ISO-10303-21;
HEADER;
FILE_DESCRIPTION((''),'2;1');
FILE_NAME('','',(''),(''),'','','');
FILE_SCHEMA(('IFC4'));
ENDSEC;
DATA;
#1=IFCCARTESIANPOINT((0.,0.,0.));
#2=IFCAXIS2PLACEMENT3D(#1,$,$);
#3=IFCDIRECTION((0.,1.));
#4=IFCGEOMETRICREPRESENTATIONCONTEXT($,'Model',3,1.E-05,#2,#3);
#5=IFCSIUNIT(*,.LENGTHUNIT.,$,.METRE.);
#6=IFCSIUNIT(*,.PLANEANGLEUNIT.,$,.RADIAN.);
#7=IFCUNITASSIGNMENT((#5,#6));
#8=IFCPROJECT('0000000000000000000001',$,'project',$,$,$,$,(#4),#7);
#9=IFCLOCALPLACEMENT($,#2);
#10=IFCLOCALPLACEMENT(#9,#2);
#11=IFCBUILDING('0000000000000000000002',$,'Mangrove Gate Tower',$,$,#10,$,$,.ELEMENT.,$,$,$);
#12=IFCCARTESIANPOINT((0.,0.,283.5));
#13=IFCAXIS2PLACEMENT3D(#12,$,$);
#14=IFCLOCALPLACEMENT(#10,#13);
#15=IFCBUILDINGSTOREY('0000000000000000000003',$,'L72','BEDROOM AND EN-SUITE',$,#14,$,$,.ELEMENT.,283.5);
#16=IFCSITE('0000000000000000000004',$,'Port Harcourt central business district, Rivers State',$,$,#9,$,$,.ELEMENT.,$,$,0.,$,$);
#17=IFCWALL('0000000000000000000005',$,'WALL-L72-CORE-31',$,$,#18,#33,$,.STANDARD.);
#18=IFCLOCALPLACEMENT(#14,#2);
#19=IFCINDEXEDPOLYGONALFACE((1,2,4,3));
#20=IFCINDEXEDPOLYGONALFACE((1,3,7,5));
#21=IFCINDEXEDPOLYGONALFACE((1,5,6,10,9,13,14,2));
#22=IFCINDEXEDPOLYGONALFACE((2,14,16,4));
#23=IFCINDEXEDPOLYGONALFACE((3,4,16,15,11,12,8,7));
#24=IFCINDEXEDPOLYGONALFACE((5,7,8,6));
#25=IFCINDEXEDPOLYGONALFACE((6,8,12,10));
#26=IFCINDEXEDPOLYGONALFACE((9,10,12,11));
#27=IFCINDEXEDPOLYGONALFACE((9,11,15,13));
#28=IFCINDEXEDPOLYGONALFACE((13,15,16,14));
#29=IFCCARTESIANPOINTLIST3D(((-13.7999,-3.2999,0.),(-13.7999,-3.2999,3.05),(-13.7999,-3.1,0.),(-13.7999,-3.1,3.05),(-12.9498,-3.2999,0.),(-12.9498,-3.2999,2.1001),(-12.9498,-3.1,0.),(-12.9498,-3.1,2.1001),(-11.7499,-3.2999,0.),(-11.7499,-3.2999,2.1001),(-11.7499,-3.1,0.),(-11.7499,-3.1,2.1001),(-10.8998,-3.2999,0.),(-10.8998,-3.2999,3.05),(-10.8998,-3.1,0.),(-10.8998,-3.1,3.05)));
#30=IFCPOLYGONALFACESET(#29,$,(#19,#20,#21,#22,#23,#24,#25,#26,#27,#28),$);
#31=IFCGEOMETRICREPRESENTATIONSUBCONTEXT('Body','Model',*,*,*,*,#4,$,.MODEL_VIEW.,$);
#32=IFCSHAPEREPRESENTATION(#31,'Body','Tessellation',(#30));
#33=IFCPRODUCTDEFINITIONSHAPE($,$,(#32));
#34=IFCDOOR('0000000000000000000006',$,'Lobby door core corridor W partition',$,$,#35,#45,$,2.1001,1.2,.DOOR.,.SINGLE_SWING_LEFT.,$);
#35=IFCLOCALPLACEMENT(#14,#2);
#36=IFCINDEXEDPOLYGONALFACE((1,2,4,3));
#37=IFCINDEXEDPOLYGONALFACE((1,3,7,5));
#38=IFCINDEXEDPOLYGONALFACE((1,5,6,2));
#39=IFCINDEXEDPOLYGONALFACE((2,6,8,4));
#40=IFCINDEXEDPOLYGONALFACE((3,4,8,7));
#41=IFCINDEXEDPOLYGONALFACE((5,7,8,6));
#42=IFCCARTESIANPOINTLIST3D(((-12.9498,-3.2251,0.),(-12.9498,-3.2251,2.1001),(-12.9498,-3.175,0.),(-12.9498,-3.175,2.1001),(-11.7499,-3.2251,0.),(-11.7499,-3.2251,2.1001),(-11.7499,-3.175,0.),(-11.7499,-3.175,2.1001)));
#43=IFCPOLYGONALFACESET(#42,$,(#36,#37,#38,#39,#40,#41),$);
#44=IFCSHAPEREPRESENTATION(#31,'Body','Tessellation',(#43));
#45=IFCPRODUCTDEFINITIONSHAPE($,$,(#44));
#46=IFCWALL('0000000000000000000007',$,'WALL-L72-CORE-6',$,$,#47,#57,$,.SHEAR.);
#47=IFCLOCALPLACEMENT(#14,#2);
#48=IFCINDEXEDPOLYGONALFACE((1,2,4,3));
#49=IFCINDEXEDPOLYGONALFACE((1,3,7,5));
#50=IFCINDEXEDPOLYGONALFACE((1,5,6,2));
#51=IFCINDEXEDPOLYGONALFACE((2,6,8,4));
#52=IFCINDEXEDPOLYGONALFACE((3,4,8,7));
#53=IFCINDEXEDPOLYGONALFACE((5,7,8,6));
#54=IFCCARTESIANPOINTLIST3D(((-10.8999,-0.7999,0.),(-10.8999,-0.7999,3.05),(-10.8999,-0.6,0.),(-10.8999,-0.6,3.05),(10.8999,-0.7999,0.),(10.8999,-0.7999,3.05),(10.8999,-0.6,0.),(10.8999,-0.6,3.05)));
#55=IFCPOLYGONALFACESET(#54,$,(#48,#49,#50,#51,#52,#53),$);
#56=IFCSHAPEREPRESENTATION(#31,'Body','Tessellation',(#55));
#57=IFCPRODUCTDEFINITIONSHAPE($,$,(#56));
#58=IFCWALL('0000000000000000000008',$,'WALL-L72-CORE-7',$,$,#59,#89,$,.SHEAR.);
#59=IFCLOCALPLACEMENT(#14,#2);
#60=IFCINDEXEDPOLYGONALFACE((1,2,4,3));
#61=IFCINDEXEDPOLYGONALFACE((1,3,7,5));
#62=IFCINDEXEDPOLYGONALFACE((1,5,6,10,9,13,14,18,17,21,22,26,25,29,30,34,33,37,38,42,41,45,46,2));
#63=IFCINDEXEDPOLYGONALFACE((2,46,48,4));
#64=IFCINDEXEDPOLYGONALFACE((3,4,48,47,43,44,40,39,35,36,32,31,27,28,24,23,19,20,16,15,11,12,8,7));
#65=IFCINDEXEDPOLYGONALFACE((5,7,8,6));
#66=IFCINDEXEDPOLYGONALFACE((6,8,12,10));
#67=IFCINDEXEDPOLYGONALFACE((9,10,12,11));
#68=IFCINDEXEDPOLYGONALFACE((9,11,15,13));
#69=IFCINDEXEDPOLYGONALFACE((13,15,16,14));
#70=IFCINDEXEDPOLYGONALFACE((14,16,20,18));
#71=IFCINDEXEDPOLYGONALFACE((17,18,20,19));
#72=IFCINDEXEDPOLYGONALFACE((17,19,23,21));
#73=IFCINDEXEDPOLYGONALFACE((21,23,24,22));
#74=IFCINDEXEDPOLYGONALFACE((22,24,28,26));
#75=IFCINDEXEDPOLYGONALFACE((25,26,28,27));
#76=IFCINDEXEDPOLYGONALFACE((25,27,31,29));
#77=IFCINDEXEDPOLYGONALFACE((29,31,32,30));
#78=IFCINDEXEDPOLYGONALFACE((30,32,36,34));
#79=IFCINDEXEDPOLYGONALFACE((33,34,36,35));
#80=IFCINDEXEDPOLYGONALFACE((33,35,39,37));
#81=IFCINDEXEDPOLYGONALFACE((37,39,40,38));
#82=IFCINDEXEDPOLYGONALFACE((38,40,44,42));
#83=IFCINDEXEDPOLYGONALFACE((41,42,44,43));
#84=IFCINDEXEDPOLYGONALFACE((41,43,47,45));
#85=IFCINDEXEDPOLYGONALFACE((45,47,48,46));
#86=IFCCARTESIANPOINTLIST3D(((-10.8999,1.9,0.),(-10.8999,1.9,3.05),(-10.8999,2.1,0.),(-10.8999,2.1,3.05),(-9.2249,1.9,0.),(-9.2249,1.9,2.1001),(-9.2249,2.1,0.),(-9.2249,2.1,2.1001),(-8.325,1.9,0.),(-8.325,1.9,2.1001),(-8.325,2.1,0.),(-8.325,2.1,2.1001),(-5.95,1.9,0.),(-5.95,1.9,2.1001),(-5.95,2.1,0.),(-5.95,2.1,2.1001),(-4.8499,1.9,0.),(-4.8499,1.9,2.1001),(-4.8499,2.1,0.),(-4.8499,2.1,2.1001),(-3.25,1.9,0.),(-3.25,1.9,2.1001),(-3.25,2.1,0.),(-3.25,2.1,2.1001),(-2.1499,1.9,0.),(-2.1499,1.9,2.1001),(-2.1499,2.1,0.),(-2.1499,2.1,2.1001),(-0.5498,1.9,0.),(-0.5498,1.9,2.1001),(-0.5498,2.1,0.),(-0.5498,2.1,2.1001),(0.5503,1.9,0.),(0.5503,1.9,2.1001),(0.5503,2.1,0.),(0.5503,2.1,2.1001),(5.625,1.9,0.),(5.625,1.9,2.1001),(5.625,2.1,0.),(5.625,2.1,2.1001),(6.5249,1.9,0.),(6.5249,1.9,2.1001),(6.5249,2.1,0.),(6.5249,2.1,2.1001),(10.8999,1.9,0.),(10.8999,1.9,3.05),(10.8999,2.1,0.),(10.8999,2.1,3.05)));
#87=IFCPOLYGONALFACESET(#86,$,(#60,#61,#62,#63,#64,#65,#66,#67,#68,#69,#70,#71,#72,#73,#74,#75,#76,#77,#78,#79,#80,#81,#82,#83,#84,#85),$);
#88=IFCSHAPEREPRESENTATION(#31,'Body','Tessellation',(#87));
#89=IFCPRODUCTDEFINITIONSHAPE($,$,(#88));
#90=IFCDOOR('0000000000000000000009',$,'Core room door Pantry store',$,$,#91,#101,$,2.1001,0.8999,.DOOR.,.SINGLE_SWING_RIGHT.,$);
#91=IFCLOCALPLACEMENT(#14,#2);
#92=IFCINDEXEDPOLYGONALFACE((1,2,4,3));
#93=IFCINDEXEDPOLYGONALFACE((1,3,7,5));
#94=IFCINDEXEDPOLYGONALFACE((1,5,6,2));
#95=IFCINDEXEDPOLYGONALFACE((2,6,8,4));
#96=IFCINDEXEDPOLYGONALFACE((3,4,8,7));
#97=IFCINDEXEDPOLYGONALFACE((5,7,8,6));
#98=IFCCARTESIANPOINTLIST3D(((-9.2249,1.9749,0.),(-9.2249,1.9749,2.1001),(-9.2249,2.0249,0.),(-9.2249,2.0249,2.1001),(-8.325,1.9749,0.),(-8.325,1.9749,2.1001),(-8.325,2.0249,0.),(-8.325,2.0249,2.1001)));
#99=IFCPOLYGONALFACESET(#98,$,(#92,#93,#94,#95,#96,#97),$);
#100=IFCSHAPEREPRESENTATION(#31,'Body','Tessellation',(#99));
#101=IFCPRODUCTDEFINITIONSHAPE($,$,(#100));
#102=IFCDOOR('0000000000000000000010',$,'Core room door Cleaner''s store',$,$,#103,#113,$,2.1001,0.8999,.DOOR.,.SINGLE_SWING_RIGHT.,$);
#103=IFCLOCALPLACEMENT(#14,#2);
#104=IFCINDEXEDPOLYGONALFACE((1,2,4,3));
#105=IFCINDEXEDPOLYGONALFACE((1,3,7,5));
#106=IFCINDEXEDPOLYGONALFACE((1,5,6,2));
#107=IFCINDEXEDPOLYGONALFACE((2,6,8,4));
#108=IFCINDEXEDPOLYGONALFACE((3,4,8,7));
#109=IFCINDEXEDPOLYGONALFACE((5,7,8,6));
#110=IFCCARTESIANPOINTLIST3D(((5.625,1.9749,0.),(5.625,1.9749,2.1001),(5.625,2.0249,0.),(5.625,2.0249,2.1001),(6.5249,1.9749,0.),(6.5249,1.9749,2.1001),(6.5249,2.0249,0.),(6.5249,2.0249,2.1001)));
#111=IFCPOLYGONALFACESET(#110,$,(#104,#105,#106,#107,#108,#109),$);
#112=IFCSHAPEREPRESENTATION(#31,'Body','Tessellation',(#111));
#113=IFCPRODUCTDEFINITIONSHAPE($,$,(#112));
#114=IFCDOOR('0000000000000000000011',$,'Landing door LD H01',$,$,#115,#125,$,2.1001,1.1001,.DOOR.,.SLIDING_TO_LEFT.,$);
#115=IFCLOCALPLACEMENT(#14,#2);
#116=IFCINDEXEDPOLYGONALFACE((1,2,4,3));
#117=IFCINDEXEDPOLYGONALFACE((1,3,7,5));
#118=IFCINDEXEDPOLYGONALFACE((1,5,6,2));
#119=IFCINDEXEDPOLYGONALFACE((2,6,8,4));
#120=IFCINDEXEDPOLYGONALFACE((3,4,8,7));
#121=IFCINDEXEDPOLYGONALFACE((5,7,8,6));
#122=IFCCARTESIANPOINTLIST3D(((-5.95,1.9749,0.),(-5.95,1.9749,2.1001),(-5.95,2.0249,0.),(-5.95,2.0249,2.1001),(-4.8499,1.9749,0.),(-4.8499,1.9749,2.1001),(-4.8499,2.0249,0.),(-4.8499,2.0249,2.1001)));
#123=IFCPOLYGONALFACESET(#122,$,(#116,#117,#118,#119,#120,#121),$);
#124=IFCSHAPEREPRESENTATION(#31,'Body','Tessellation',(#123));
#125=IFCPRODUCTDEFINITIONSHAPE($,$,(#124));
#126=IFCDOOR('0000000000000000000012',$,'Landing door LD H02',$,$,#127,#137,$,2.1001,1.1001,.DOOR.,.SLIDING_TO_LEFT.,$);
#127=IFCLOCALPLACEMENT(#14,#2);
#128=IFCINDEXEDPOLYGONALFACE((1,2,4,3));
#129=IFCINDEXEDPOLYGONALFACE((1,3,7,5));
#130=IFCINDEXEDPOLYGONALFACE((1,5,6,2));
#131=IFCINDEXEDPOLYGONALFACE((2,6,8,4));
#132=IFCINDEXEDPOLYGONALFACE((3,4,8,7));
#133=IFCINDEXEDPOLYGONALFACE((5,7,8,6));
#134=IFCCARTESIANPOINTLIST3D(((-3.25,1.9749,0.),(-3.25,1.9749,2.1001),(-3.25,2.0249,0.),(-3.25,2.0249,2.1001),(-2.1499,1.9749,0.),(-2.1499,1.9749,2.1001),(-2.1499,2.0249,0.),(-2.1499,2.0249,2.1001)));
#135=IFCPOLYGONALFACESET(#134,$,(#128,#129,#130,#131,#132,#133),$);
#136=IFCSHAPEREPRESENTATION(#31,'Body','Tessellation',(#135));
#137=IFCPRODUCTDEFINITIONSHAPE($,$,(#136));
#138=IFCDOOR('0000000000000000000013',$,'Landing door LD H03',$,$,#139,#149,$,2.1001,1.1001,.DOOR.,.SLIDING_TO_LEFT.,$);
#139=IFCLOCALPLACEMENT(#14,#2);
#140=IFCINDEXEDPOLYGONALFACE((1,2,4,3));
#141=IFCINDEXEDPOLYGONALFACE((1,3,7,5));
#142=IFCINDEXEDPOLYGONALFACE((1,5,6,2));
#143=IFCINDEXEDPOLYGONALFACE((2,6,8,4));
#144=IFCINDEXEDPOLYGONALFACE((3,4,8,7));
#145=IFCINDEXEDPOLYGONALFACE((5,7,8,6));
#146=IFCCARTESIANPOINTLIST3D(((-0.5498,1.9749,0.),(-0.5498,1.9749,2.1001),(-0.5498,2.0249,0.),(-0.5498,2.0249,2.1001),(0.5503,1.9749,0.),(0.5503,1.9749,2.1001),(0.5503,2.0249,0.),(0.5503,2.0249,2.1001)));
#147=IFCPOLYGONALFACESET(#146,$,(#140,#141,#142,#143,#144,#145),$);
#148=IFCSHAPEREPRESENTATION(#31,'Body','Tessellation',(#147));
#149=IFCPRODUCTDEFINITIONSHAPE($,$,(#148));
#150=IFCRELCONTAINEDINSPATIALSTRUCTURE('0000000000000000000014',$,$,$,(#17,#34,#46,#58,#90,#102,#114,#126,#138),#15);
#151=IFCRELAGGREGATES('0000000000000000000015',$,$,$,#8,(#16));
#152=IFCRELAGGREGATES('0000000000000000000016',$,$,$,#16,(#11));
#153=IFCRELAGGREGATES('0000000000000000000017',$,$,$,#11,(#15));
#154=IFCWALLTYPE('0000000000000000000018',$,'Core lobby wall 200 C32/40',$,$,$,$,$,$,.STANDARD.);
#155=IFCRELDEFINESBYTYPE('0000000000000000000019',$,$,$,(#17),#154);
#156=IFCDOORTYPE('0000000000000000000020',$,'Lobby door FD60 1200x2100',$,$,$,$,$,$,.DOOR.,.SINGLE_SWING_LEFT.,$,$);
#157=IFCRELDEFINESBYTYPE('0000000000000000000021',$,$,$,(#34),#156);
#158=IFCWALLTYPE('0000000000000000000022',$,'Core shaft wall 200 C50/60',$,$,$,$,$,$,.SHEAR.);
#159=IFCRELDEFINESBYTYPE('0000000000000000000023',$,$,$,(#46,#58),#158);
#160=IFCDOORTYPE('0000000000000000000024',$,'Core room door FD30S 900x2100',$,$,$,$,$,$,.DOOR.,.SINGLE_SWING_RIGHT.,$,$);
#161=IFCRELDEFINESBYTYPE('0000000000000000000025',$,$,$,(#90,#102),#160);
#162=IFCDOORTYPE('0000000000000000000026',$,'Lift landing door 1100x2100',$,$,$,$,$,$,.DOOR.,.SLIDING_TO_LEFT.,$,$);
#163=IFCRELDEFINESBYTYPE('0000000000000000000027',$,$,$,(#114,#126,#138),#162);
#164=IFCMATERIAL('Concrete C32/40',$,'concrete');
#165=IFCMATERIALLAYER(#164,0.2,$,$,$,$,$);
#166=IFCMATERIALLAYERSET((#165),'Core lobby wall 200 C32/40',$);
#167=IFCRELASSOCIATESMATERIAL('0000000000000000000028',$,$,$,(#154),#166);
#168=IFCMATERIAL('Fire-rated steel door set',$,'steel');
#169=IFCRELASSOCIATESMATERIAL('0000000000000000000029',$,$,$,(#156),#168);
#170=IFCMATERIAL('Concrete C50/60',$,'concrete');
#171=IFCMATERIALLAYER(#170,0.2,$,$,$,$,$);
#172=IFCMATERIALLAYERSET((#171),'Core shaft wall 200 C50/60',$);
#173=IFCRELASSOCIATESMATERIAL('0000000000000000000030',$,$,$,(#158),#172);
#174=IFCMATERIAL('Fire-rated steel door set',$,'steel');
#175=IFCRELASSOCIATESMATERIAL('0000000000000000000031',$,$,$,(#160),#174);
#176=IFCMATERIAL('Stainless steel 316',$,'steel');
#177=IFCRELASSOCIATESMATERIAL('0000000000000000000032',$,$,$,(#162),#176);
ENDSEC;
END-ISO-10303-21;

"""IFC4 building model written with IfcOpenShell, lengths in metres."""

from ifc_helpers import new_model, si_unit, direction, frame, frame_2d, origin, place, context, subcontext, project, spatial, rectangle, extrude, material, layer, layer_set, type_object, element, fill, save


model = new_model("IFC4")

# Units and contexts
model_context = context("Model", 3, precision=1e-05, world=origin(), true_north=direction((0.0, 1.0)))
body_context = subcontext(model_context, "Body", "Model", "MODEL_VIEW")
ifc_project = project(units=[si_unit("LENGTHUNIT", "METRE"), si_unit("PLANEANGLEUNIT", "RADIAN")], contexts=[model_context])

# Site, building, storey
site_placement = place(None, origin())
site = spatial("IfcSite", under=ifc_project, at=site_placement, Name="Port Harcourt central business district, Rivers State", CompositionType="ELEMENT", RefElevation=0.0)
building_placement = place(site_placement, origin())
building = spatial("IfcBuilding", under=site, at=building_placement, Name="Mangrove Gate Tower", CompositionType="ELEMENT")
storey_placement = place(building_placement, frame((0.0, 0.0, 283.5)))
storey = spatial("IfcBuildingStorey", under=building, at=storey_placement, Name="L72", Description="BEDROOM AND EN-SUITE", CompositionType="ELEMENT", Elevation=283.5)

# Wall, opening, door
ifc_material_1 = material(Name="Concrete C32/40", Category="concrete")
ifc_layer_1 = layer(ifc_material_1, 0.2)
ifc_layer_set_1 = layer_set([ifc_layer_1], Name="Core lobby wall 200 C32/40")
wall_type_1 = type_object("IfcWallType", Name="Core lobby wall 200 C32/40", PredefinedType="STANDARD", material=ifc_layer_set_1)
wall_1_placement = place(storey_placement, frame((-13.8, -3.2, 0.0), z_axis=(0.0, 0.0, 1.0), x_axis=(1.0, 0.0, 0.0)))
wall_1 = element("IfcWall", 1, at=wall_1_placement, inside=storey, type_object=wall_type_1, Name="WALL-L72-CORE-31", PredefinedType="STANDARD", context=body_context, shape_type="SweptSolid", body=[
    extrude(rectangle(XDim=2.9001, YDim=0.2, at=frame_2d((1.4502, 0.0))), origin(), (0.0, 0.0, 1.0), 3.05),
])
opening_1_placement = place(wall_1_placement, frame((0.8501, 0.0, 0.0)))
opening_1 = element("IfcOpeningElement", 2, at=opening_1_placement, cuts=wall_1, PredefinedType="OPENING", context=body_context, shape_type="SweptSolid", body=[
    extrude(rectangle(XDim=1.2, YDim=2.1001, at=frame_2d((0.6001, 1.05))), frame((0.0, 0.1099, 0.0), z_axis=(0.0, -1.0, 0.0), x_axis=(1.0, 0.0, 0.0)), (0.0, 0.0, 1.0), 0.22),
])
ifc_material_2 = material(Name="Fire-rated steel door set", Category="steel")
door_type_1 = type_object("IfcDoorType", Name="Lobby door FD60 1200x2100", OperationType="SINGLE_SWING_LEFT", PredefinedType="DOOR", material=ifc_material_2)
door_1_placement = place(opening_1_placement, origin())
door_1 = element("IfcDoor", 3, at=door_1_placement, inside=storey, type_object=door_type_1, Name="Lobby door core corridor W partition", OperationType="SINGLE_SWING_LEFT", OverallHeight=2.1001, OverallWidth=1.2, PredefinedType="DOOR", context=body_context, shape_type="SweptSolid", body=[
    extrude(rectangle(XDim=1.2, YDim=2.1001, at=frame_2d((0.6001, 1.05))), frame((0.0, 0.0249, 0.0), z_axis=(0.0, -1.0, 0.0), x_axis=(1.0, 0.0, 0.0)), (0.0, 0.0, 1.0), 0.05),
])
fill(opening_1, door_1)

# Wall
ifc_material_3 = material(Name="Concrete C50/60", Category="concrete")
ifc_layer_2 = layer(ifc_material_3, 0.2)
ifc_layer_set_2 = layer_set([ifc_layer_2], Name="Core shaft wall 200 C50/60")
wall_type_2 = type_object("IfcWallType", Name="Core shaft wall 200 C50/60", PredefinedType="SHEAR", material=ifc_layer_set_2)
wall_2_placement = place(storey_placement, frame((-10.8999, -0.7, 0.0), z_axis=(0.0, 0.0, 1.0), x_axis=(1.0, 0.0, 0.0)))
element("IfcWall", 4, at=wall_2_placement, inside=storey, type_object=wall_type_2, Name="WALL-L72-CORE-6", PredefinedType="SHEAR", context=body_context, shape_type="SweptSolid", body=[
    extrude(rectangle(XDim=21.7998, YDim=0.2, at=frame_2d((10.8999, 0.0))), origin(), (0.0, 0.0, 1.0), 3.05),
])

# Wall, openings, doors
wall_3_placement = place(storey_placement, frame((-10.8999, 2.0, 0.0), z_axis=(0.0, 0.0, 1.0), x_axis=(1.0, 0.0, 0.0)))
wall_3 = element("IfcWall", 5, at=wall_3_placement, inside=storey, type_object=wall_type_2, Name="WALL-L72-CORE-7", PredefinedType="SHEAR", context=body_context, shape_type="SweptSolid", body=[
    extrude(rectangle(XDim=21.7998, YDim=0.2, at=frame_2d((10.8999, 0.0))), origin(), (0.0, 0.0, 1.0), 3.05),
])
opening_2_placement = place(wall_3_placement, frame((4.95, 0.0, 0.0)))
opening_2 = element("IfcOpeningElement", 6, at=opening_2_placement, cuts=wall_3, PredefinedType="OPENING", context=body_context, shape_type="SweptSolid", body=[
    extrude(rectangle(XDim=1.1001, YDim=2.1001, at=frame_2d((0.55, 1.05))), frame((0.0, 0.1099, 0.0), z_axis=(0.0, -1.0, 0.0), x_axis=(1.0, 0.0, 0.0)), (0.0, 0.0, 1.0), 0.22),
])
opening_3_placement = place(wall_3_placement, frame((7.6499, 0.0, 0.0)))
opening_3 = element("IfcOpeningElement", 7, at=opening_3_placement, cuts=wall_3, PredefinedType="OPENING", context=body_context, shape_type="SweptSolid", body=[
    extrude(rectangle(XDim=1.1001, YDim=2.1001, at=frame_2d((0.55, 1.05))), frame((0.0, 0.1099, 0.0), z_axis=(0.0, -1.0, 0.0), x_axis=(1.0, 0.0, 0.0)), (0.0, 0.0, 1.0), 0.22),
])
opening_4_placement = place(wall_3_placement, frame((10.3501, 0.0, 0.0)))
opening_4 = element("IfcOpeningElement", 8, at=opening_4_placement, cuts=wall_3, PredefinedType="OPENING", context=body_context, shape_type="SweptSolid", body=[
    extrude(rectangle(XDim=1.1001, YDim=2.1001, at=frame_2d((0.55, 1.05))), frame((0.0, 0.1099, 0.0), z_axis=(0.0, -1.0, 0.0), x_axis=(1.0, 0.0, 0.0)), (0.0, 0.0, 1.0), 0.22),
])
opening_5_placement = place(wall_3_placement, frame((1.675, 0.0, 0.0)))
opening_5 = element("IfcOpeningElement", 9, at=opening_5_placement, cuts=wall_3, PredefinedType="OPENING", context=body_context, shape_type="SweptSolid", body=[
    extrude(rectangle(XDim=0.8999, YDim=2.1001, at=frame_2d((0.45, 1.05))), frame((0.0, 0.1099, 0.0), z_axis=(0.0, -1.0, 0.0), x_axis=(1.0, 0.0, 0.0)), (0.0, 0.0, 1.0), 0.22),
])
opening_6_placement = place(wall_3_placement, frame((16.5249, 0.0, 0.0)))
opening_6 = element("IfcOpeningElement", 10, at=opening_6_placement, cuts=wall_3, PredefinedType="OPENING", context=body_context, shape_type="SweptSolid", body=[
    extrude(rectangle(XDim=0.8999, YDim=2.1001, at=frame_2d((0.45, 1.05))), frame((0.0, 0.1099, 0.0), z_axis=(0.0, -1.0, 0.0), x_axis=(1.0, 0.0, 0.0)), (0.0, 0.0, 1.0), 0.22),
])
ifc_material_4 = material(Name="Fire-rated steel door set", Category="steel")
door_type_2 = type_object("IfcDoorType", Name="Core room door FD30S 900x2100", OperationType="SINGLE_SWING_RIGHT", PredefinedType="DOOR", material=ifc_material_4)
door_2_placement = place(opening_5_placement, origin())
door_2 = element("IfcDoor", 11, at=door_2_placement, inside=storey, type_object=door_type_2, Name="Core room door Pantry store", OperationType="SINGLE_SWING_RIGHT", OverallHeight=2.1001, OverallWidth=0.8999, PredefinedType="DOOR", context=body_context, shape_type="SweptSolid", body=[
    extrude(rectangle(XDim=0.8999, YDim=2.1001, at=frame_2d((0.45, 1.05))), frame((0.0, 0.0249, 0.0), z_axis=(0.0, -1.0, 0.0), x_axis=(1.0, 0.0, 0.0)), (0.0, 0.0, 1.0), 0.05),
])
fill(opening_5, door_2)
door_3_placement = place(opening_6_placement, origin())
door_3 = element("IfcDoor", 12, at=door_3_placement, inside=storey, type_object=door_type_2, Name="Core room door Cleaner's store", OperationType="SINGLE_SWING_RIGHT", OverallHeight=2.1001, OverallWidth=0.8999, PredefinedType="DOOR", context=body_context, shape_type="SweptSolid", body=[
    extrude(rectangle(XDim=0.8999, YDim=2.1001, at=frame_2d((0.45, 1.05))), frame((0.0, 0.0249, 0.0), z_axis=(0.0, -1.0, 0.0), x_axis=(1.0, 0.0, 0.0)), (0.0, 0.0, 1.0), 0.05),
])
fill(opening_6, door_3)
ifc_material_5 = material(Name="Stainless steel 316", Category="steel")
door_type_3 = type_object("IfcDoorType", Name="Lift landing door 1100x2100", OperationType="SLIDING_TO_LEFT", PredefinedType="DOOR", material=ifc_material_5)
door_4_placement = place(opening_2_placement, origin())
door_4 = element("IfcDoor", 13, at=door_4_placement, inside=storey, type_object=door_type_3, Name="Landing door LD H01", OperationType="SLIDING_TO_LEFT", OverallHeight=2.1001, OverallWidth=1.1001, PredefinedType="DOOR", context=body_context, shape_type="SweptSolid", body=[
    extrude(rectangle(XDim=1.1001, YDim=2.1001, at=frame_2d((0.55, 1.05))), frame((0.0, 0.0249, 0.0), z_axis=(0.0, -1.0, 0.0), x_axis=(1.0, 0.0, 0.0)), (0.0, 0.0, 1.0), 0.05),
])
fill(opening_2, door_4)
door_5_placement = place(opening_3_placement, origin())
door_5 = element("IfcDoor", 14, at=door_5_placement, inside=storey, type_object=door_type_3, Name="Landing door LD H02", OperationType="SLIDING_TO_LEFT", OverallHeight=2.1001, OverallWidth=1.1001, PredefinedType="DOOR", context=body_context, shape_type="SweptSolid", body=[
    extrude(rectangle(XDim=1.1001, YDim=2.1001, at=frame_2d((0.55, 1.05))), frame((0.0, 0.0249, 0.0), z_axis=(0.0, -1.0, 0.0), x_axis=(1.0, 0.0, 0.0)), (0.0, 0.0, 1.0), 0.05),
])
fill(opening_3, door_5)
door_6_placement = place(opening_4_placement, origin())
door_6 = element("IfcDoor", 15, at=door_6_placement, inside=storey, type_object=door_type_3, Name="Landing door LD H03", OperationType="SLIDING_TO_LEFT", OverallHeight=2.1001, OverallWidth=1.1001, PredefinedType="DOOR", context=body_context, shape_type="SweptSolid", body=[
    extrude(rectangle(XDim=1.1001, YDim=2.1001, at=frame_2d((0.55, 1.05))), frame((0.0, 0.0249, 0.0), z_axis=(0.0, -1.0, 0.0), x_axis=(1.0, 0.0, 0.0)), (0.0, 0.0, 1.0), 0.05),
])
fill(opening_4, door_6)

save(model, "model.ifc")
